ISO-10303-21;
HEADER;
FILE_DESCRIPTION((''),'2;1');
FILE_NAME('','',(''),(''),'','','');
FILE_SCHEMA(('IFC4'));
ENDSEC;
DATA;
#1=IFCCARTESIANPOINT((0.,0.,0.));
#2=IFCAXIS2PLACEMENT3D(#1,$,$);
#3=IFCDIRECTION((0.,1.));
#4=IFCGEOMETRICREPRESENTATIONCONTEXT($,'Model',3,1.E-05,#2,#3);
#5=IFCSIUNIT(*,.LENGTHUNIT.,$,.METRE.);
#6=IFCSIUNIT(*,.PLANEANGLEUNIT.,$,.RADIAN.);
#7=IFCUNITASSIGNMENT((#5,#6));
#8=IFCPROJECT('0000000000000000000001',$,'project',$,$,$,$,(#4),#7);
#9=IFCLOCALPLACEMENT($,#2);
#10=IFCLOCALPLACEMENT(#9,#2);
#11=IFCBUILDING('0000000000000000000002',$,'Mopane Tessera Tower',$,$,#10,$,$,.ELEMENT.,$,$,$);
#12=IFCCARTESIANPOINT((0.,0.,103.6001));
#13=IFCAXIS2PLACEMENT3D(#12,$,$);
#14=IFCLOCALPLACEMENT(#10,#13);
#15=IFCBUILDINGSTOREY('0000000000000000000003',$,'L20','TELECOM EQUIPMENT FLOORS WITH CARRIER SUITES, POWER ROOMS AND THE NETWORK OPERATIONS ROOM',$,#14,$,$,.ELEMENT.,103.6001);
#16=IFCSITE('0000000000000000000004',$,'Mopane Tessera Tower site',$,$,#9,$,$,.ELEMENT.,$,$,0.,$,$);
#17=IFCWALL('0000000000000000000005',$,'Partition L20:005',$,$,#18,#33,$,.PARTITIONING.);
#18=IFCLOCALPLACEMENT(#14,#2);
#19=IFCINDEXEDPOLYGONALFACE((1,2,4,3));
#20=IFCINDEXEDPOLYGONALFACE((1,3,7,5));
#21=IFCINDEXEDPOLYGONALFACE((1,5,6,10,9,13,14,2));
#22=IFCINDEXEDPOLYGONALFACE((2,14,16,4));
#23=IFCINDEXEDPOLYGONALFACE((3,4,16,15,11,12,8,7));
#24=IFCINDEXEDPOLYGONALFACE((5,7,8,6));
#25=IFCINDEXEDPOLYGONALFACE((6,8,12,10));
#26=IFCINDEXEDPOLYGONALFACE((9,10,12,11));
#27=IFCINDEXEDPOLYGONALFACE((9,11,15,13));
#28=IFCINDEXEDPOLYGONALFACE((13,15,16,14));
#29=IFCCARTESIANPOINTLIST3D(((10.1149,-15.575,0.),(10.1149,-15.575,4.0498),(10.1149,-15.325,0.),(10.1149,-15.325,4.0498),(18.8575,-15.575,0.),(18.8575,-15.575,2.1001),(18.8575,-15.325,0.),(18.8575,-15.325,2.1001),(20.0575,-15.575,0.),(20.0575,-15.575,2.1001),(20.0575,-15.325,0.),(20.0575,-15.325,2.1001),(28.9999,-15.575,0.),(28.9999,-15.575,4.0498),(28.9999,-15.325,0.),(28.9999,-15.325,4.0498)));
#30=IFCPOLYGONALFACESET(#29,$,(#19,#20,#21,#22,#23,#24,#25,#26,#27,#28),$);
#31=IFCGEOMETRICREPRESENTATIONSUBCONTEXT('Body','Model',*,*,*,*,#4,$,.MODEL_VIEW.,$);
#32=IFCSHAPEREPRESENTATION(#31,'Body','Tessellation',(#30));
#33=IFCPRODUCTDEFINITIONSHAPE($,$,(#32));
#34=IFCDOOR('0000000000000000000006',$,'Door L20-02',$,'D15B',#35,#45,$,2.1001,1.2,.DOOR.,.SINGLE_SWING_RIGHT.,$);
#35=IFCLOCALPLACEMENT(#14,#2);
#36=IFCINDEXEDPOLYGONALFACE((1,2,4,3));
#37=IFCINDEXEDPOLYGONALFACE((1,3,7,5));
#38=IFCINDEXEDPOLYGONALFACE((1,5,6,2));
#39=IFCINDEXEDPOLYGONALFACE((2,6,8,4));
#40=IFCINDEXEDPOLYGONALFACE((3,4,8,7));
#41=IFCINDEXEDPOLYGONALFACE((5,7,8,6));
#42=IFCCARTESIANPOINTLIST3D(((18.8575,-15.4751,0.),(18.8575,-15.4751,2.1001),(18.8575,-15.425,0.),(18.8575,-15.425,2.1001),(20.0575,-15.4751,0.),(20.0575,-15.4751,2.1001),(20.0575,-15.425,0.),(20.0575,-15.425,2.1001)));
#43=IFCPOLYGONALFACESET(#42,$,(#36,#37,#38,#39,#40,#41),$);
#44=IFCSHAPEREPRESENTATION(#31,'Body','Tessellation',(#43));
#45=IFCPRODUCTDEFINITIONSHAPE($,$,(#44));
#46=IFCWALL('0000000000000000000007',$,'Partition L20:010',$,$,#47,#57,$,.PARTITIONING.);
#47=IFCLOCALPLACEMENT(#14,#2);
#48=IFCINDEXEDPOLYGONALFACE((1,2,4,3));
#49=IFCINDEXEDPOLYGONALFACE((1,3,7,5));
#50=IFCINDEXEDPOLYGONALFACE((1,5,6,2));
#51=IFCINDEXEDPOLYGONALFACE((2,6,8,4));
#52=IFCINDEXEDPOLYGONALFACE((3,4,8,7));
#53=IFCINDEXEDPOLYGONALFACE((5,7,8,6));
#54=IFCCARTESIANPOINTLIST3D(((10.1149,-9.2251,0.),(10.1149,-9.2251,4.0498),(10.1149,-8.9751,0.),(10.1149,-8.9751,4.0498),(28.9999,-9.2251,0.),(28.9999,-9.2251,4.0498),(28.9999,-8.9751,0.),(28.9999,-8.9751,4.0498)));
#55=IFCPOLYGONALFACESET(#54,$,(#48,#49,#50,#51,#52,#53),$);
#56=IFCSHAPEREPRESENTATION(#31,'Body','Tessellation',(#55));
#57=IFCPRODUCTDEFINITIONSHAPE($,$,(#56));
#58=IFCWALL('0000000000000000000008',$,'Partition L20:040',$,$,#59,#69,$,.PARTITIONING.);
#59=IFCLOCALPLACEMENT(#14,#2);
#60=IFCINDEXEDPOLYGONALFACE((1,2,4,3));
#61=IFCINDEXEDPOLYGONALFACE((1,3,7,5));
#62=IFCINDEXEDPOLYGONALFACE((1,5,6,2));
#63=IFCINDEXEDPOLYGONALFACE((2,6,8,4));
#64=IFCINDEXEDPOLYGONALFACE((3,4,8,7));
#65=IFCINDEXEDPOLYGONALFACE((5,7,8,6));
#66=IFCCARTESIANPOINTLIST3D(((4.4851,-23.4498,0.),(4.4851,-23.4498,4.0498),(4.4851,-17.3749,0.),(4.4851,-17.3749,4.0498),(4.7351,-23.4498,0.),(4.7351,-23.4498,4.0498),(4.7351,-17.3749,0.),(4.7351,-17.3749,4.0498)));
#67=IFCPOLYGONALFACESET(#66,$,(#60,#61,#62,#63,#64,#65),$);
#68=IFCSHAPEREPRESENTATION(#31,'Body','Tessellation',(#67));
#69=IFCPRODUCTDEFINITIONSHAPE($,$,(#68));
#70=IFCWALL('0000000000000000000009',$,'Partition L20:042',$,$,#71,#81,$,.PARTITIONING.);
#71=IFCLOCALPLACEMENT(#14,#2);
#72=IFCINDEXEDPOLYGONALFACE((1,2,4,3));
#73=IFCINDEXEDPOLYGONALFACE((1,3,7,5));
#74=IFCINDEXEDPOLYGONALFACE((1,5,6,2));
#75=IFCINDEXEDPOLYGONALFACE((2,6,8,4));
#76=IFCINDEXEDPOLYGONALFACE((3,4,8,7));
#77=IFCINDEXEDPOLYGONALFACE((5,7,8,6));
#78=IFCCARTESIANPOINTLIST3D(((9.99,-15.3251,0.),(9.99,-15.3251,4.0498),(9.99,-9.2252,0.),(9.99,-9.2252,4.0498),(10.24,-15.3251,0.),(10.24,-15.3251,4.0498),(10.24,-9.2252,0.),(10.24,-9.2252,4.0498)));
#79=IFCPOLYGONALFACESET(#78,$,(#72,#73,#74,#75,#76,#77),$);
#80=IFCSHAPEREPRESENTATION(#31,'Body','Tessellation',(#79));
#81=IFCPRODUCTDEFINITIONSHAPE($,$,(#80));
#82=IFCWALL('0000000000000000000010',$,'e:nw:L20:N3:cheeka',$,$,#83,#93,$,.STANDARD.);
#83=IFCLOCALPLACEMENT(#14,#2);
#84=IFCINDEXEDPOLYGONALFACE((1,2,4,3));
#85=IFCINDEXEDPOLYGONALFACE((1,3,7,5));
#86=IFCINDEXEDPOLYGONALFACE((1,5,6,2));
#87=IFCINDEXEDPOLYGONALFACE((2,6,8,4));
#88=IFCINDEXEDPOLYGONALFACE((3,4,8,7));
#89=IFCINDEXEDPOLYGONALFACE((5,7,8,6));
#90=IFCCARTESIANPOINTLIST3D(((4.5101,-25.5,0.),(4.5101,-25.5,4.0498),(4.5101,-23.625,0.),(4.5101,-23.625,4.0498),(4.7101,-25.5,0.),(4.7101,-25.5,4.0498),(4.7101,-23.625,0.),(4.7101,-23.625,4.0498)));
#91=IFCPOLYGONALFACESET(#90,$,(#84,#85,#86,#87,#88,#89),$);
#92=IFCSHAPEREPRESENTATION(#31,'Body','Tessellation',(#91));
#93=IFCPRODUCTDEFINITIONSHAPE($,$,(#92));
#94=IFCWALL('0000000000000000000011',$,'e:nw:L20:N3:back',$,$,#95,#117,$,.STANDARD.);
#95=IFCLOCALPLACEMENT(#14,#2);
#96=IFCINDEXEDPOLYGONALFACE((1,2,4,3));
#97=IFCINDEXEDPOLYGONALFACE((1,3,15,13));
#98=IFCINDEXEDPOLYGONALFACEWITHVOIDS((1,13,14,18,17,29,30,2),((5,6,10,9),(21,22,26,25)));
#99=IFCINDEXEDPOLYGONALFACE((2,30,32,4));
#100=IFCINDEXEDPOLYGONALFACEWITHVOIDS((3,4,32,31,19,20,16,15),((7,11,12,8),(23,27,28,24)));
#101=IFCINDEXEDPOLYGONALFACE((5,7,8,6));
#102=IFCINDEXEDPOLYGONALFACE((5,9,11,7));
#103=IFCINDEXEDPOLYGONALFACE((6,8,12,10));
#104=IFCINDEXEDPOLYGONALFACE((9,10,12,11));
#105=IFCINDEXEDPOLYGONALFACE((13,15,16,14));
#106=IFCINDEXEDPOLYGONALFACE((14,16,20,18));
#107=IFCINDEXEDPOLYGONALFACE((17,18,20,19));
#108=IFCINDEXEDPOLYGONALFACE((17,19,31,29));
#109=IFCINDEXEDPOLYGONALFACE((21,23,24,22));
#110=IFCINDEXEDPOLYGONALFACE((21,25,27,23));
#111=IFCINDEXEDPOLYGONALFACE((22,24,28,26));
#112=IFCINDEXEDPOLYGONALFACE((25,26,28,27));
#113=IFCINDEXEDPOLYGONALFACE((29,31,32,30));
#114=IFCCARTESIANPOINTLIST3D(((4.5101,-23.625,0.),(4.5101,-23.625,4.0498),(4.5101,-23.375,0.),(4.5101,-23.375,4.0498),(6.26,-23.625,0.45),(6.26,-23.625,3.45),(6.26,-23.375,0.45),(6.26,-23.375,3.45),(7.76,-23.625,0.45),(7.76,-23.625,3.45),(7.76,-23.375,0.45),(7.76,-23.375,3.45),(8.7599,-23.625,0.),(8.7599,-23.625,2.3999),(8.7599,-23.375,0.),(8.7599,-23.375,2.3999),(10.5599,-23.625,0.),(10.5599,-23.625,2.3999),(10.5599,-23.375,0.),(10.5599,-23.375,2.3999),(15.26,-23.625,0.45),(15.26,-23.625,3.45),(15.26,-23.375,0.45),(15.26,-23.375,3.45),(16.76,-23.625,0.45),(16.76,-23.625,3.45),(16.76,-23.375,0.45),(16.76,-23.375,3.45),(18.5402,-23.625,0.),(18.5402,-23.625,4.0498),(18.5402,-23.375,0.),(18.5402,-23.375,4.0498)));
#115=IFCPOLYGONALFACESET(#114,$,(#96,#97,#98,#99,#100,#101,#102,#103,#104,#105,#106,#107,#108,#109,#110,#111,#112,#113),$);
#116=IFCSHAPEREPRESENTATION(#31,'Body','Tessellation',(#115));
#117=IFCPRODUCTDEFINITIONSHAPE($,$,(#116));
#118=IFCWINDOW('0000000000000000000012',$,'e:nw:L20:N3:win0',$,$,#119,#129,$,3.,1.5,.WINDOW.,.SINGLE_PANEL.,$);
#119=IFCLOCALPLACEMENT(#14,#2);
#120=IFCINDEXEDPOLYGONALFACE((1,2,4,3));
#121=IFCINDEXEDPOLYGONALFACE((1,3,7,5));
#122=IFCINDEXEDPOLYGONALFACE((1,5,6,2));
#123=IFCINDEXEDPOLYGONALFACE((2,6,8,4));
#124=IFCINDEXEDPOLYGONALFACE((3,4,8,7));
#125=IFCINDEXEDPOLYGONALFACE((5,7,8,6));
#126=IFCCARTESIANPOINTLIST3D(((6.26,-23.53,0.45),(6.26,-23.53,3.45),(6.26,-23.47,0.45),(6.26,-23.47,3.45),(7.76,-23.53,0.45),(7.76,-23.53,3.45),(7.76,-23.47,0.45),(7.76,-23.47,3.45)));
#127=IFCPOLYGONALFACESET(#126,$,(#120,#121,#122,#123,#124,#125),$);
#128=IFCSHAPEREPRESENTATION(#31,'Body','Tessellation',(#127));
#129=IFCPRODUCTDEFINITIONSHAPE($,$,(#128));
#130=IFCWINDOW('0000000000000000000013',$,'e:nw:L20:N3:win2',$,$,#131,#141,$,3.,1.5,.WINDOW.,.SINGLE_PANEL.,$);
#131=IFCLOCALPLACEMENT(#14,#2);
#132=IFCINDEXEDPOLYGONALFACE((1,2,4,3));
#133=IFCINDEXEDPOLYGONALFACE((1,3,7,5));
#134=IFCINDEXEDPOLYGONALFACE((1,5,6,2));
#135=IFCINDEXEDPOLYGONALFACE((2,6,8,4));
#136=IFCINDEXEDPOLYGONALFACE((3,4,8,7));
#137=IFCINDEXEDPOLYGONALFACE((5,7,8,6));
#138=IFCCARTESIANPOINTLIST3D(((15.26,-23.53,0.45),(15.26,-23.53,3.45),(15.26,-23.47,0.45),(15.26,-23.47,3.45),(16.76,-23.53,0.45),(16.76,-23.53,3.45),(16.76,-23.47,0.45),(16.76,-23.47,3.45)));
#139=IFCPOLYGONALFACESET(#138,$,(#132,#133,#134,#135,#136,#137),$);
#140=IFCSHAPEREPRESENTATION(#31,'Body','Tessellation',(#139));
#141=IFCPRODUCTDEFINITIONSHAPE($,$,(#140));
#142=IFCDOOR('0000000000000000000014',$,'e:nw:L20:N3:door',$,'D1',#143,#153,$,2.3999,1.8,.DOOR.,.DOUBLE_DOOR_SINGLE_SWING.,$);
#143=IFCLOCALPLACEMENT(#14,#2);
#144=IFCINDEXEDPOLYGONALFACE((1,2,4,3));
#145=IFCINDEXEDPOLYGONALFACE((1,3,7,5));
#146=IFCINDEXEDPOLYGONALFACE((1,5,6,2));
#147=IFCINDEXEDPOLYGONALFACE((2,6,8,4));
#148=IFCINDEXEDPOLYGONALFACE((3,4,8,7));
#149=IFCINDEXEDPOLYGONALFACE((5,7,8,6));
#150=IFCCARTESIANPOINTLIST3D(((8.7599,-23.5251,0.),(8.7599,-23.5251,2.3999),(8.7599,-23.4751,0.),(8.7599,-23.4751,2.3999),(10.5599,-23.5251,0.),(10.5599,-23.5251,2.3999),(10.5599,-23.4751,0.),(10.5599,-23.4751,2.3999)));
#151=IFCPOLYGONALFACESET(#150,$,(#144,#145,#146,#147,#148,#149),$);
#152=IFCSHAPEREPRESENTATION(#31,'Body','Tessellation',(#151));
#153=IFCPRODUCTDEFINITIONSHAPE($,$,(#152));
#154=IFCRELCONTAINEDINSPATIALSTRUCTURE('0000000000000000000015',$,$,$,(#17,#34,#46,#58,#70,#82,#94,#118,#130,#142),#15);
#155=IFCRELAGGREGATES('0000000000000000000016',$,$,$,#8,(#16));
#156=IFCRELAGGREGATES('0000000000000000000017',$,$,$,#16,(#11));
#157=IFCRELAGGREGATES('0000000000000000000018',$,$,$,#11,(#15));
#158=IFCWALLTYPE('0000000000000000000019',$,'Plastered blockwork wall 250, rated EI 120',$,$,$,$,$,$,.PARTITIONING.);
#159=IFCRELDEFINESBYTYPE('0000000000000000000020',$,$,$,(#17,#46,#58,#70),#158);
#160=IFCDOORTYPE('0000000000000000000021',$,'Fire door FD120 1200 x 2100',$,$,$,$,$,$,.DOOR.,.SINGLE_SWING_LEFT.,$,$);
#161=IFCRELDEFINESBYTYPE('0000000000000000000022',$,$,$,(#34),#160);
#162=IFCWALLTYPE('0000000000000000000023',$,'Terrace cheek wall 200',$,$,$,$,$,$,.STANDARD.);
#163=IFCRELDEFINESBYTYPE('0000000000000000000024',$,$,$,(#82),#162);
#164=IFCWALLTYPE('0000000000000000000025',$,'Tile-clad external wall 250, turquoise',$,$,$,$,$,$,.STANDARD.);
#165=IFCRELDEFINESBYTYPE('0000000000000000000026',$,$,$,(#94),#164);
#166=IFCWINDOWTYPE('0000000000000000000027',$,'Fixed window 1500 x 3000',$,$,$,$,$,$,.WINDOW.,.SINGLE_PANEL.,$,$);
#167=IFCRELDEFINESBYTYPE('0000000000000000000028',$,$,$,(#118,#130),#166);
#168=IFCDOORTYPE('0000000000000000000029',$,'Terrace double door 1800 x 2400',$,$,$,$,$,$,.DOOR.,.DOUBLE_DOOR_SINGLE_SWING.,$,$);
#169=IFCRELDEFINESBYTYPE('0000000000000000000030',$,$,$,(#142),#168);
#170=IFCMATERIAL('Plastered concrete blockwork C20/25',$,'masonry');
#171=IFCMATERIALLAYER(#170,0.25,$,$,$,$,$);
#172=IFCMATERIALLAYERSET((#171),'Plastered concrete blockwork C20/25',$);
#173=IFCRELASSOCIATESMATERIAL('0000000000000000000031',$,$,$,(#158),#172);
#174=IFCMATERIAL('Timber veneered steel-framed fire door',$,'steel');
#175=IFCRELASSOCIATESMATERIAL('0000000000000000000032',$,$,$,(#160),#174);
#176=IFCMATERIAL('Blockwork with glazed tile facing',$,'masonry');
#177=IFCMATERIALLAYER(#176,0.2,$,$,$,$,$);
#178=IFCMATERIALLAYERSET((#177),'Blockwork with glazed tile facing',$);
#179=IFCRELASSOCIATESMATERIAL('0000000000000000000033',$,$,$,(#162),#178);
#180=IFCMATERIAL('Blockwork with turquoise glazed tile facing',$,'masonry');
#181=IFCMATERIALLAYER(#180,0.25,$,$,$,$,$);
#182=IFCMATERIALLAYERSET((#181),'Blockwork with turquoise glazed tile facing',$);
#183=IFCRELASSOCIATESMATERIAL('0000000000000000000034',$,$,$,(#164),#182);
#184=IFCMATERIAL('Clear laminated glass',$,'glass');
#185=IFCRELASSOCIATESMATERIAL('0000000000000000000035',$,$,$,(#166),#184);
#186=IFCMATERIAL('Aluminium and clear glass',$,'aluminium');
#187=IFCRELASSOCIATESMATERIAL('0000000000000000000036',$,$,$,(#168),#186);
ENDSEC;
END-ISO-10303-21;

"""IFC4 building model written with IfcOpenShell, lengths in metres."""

from ifc_helpers import new_model, si_unit, direction, frame, frame_2d, origin, place, context, subcontext, project, spatial, rectangle, extrude, material, layer, layer_set, type_object, element, fill, save


model = new_model("IFC4")

# Units and contexts
model_context = context("Model", 3, precision=1e-05, world=origin(), true_north=direction((0.0, 1.0)))
body_context = subcontext(model_context, "Body", "Model", "MODEL_VIEW")
ifc_project = project(units=[si_unit("LENGTHUNIT", "METRE"), si_unit("PLANEANGLEUNIT", "RADIAN")], contexts=[model_context])

# Site, building, storey
site_placement = place(None, origin())
site = spatial("IfcSite", under=ifc_project, at=site_placement, Name="Mopane Tessera Tower site", CompositionType="ELEMENT", RefElevation=0.0)
building_placement = place(site_placement, origin())
building = spatial("IfcBuilding", under=site, at=building_placement, Name="Mopane Tessera Tower", CompositionType="ELEMENT")
storey_placement = place(building_placement, frame((0.0, 0.0, 103.6001)))
storey = spatial("IfcBuildingStorey", under=building, at=storey_placement, Name="L20", Description="TELECOM EQUIPMENT FLOORS WITH CARRIER SUITES, POWER ROOMS AND THE NETWORK OPERATIONS ROOM", CompositionType="ELEMENT", Elevation=103.6001)

# Wall, opening, door
ifc_material_1 = material(Name="Plastered concrete blockwork C20/25", Category="masonry")
ifc_layer_1 = layer(ifc_material_1, 0.25)
ifc_layer_set_1 = layer_set([ifc_layer_1], Name="Plastered concrete blockwork C20/25")
wall_type_1 = type_object("IfcWallType", Name="Plastered blockwork wall 250, rated EI 120", PredefinedType="PARTITIONING", material=ifc_layer_set_1)
wall_1_placement = place(storey_placement, frame((10.115, -15.45, 0.0), z_axis=(0.0, 0.0, 1.0), x_axis=(1.0, 0.0, 0.0)))
wall_1 = element("IfcWall", 1, at=wall_1_placement, inside=storey, type_object=wall_type_1, Name="Partition L20:005", PredefinedType="PARTITIONING", context=body_context, shape_type="SweptSolid", body=[
    extrude(rectangle(XDim=18.885, YDim=0.25, at=frame_2d((9.4424, 0.0))), origin(), (0.0, 0.0, 1.0), 4.0498),
])
opening_1_placement = place(wall_1_placement, frame((8.7424, 0.0, 0.0)))
opening_1 = element("IfcOpeningElement", 2, at=opening_1_placement, cuts=wall_1, PredefinedType="OPENING", context=body_context, shape_type="SweptSolid", body=[
    extrude(rectangle(XDim=1.2, YDim=2.1001, at=frame_2d((0.6001, 1.05))), frame((0.0, 0.137, 0.0), z_axis=(0.0, -1.0, 0.0), x_axis=(1.0, 0.0, 0.0)), (0.0, 0.0, 1.0), 0.2739),
])
ifc_material_2 = material(Name="Timber veneered steel-framed fire door", Category="steel")
door_type_1 = type_object("IfcDoorType", Name="Fire door FD120 1200 x 2100", OperationType="SINGLE_SWING_LEFT", PredefinedType="DOOR", material=ifc_material_2)
door_1_placement = place(opening_1_placement, origin())
door_1 = element("IfcDoor", 3, at=door_1_placement, inside=storey, type_object=door_type_1, Name="Door L20-02", ObjectType="D15B", OperationType="SINGLE_SWING_RIGHT", OverallHeight=2.1001, OverallWidth=1.2, PredefinedType="DOOR", context=body_context, shape_type="SweptSolid", body=[
    extrude(rectangle(XDim=1.2, YDim=2.1001, at=frame_2d((0.6001, 1.05))), frame((0.0, 0.0249, 0.0), z_axis=(0.0, -1.0, 0.0), x_axis=(1.0, 0.0, 0.0)), (0.0, 0.0, 1.0), 0.05),
])
fill(opening_1, door_1)

# Walls
wall_2_placement = place(storey_placement, frame((10.115, -9.1001, 0.0), z_axis=(0.0, 0.0, 1.0), x_axis=(1.0, 0.0, 0.0)))
element("IfcWall", 4, at=wall_2_placement, inside=storey, type_object=wall_type_1, Name="Partition L20:010", PredefinedType="PARTITIONING", context=body_context, shape_type="SweptSolid", body=[
    extrude(rectangle(XDim=18.885, YDim=0.25, at=frame_2d((9.4424, 0.0))), origin(), (0.0, 0.0, 1.0), 4.0498),
])
wall_3_placement = place(storey_placement, frame((4.6101, -23.45, 0.0), z_axis=(0.0, 0.0, 1.0), x_axis=(0.0, 1.0, 0.0)))
element("IfcWall", 5, at=wall_3_placement, inside=storey, type_object=wall_type_1, Name="Partition L20:040", PredefinedType="PARTITIONING", context=body_context, shape_type="SweptSolid", body=[
    extrude(rectangle(XDim=6.075, YDim=0.25, at=frame_2d((3.0376, 0.0))), origin(), (0.0, 0.0, 1.0), 4.0498),
])
wall_4_placement = place(storey_placement, frame((10.115, -15.325, 0.0), z_axis=(0.0, 0.0, 1.0), x_axis=(0.0, 1.0, 0.0)))
element("IfcWall", 6, at=wall_4_placement, inside=storey, type_object=wall_type_1, Name="Partition L20:042", PredefinedType="PARTITIONING", context=body_context, shape_type="SweptSolid", body=[
    extrude(rectangle(XDim=6.0999, YDim=0.25, at=frame_2d((3.0498, 0.0))), origin(), (0.0, 0.0, 1.0), 4.0498),
])
ifc_material_3 = material(Name="Blockwork with glazed tile facing", Category="masonry")
ifc_layer_2 = layer(ifc_material_3, 0.2)
ifc_layer_set_2 = layer_set([ifc_layer_2], Name="Blockwork with glazed tile facing")
wall_type_2 = type_object("IfcWallType", Name="Terrace cheek wall 200", PredefinedType="STANDARD", material=ifc_layer_set_2)
wall_5_placement = place(storey_placement, frame((4.6101, -25.5, 0.0), z_axis=(0.0, 0.0, 1.0), x_axis=(0.0, 1.0, 0.0)))
element("IfcWall", 7, at=wall_5_placement, inside=storey, type_object=wall_type_2, Name="e:nw:L20:N3:cheeka", PredefinedType="STANDARD", context=body_context, shape_type="SweptSolid", body=[
    extrude(rectangle(XDim=1.875, YDim=0.2, at=frame_2d((0.9375, 0.0))), origin(), (0.0, 0.0, 1.0), 4.0498),
])

# Wall, openings, windows, door
ifc_material_4 = material(Name="Blockwork with turquoise glazed tile facing", Category="masonry")
ifc_layer_3 = layer(ifc_material_4, 0.25)
ifc_layer_set_3 = layer_set([ifc_layer_3], Name="Blockwork with turquoise glazed tile facing")
wall_type_3 = type_object("IfcWallType", Name="Tile-clad external wall 250, turquoise", PredefinedType="STANDARD", material=ifc_layer_set_3)
wall_6_placement = place(storey_placement, frame((4.51, -23.5, 0.0), z_axis=(0.0, 0.0, 1.0), x_axis=(1.0, 0.0, 0.0)))
wall_6 = element("IfcWall", 8, at=wall_6_placement, inside=storey, type_object=wall_type_3, Name="e:nw:L20:N3:back", PredefinedType="STANDARD", context=body_context, shape_type="SweptSolid", body=[
    extrude(rectangle(XDim=14.03, YDim=0.25, at=frame_2d((7.0151, 0.0))), origin(), (0.0, 0.0, 1.0), 4.0498),
])
opening_2_placement = place(wall_6_placement, frame((1.75, 0.0, 0.45)))
opening_2 = element("IfcOpeningElement", 9, at=opening_2_placement, cuts=wall_6, PredefinedType="OPENING", context=body_context, shape_type="SweptSolid", body=[
    extrude(rectangle(XDim=1.5, YDim=3.0, at=frame_2d((0.75, 1.5))), frame((0.0, 0.137, 0.0), z_axis=(0.0, -1.0, 0.0), x_axis=(1.0, 0.0, 0.0)), (0.0, 0.0, 1.0), 0.2739),
])
opening_3_placement = place(wall_6_placement, frame((4.25, 0.0, 0.0)))
opening_3 = element("IfcOpeningElement", 10, at=opening_3_placement, cuts=wall_6, PredefinedType="OPENING", context=body_context, shape_type="SweptSolid", body=[
    extrude(rectangle(XDim=1.8, YDim=2.3999, at=frame_2d((0.8999, 1.2))), frame((0.0, 0.137, 0.0), z_axis=(0.0, -1.0, 0.0), x_axis=(1.0, 0.0, 0.0)), (0.0, 0.0, 1.0), 0.2739),
])
opening_4_placement = place(wall_6_placement, frame((10.75, 0.0, 0.45)))
opening_4 = element("IfcOpeningElement", 11, at=opening_4_placement, cuts=wall_6, PredefinedType="OPENING", context=body_context, shape_type="SweptSolid", body=[
    extrude(rectangle(XDim=1.5, YDim=3.0, at=frame_2d((0.75, 1.5))), frame((0.0, 0.137, 0.0), z_axis=(0.0, -1.0, 0.0), x_axis=(1.0, 0.0, 0.0)), (0.0, 0.0, 1.0), 0.2739),
])
ifc_material_5 = material(Name="Clear laminated glass", Category="glass")
window_type = type_object("IfcWindowType", Name="Fixed window 1500 x 3000", PartitioningType="SINGLE_PANEL", PredefinedType="WINDOW", material=ifc_material_5)
window_1_placement = place(opening_2_placement, origin())
window_1 = element("IfcWindow", 12, at=window_1_placement, inside=storey, type_object=window_type, Name="e:nw:L20:N3:win0", OverallHeight=3.0, OverallWidth=1.5, PartitioningType="SINGLE_PANEL", PredefinedType="WINDOW", context=body_context, shape_type="SweptSolid", body=[
    extrude(rectangle(XDim=1.5, YDim=3.0, at=frame_2d((0.75, 1.5))), frame((0.0, 0.03, 0.0), z_axis=(0.0, -1.0, 0.0), x_axis=(1.0, 0.0, 0.0)), (0.0, 0.0, 1.0), 0.0601),
])
fill(opening_2, window_1)
window_2_placement = place(opening_4_placement, origin())
window_2 = element("IfcWindow", 13, at=window_2_placement, inside=storey, type_object=window_type, Name="e:nw:L20:N3:win2", OverallHeight=3.0, OverallWidth=1.5, PartitioningType="SINGLE_PANEL", PredefinedType="WINDOW", context=body_context, shape_type="SweptSolid", body=[
    extrude(rectangle(XDim=1.5, YDim=3.0, at=frame_2d((0.75, 1.5))), frame((0.0, 0.03, 0.0), z_axis=(0.0, -1.0, 0.0), x_axis=(1.0, 0.0, 0.0)), (0.0, 0.0, 1.0), 0.0601),
])
fill(opening_4, window_2)
ifc_material_6 = material(Name="Aluminium and clear glass", Category="aluminium")
door_type_2 = type_object("IfcDoorType", Name="Terrace double door 1800 x 2400", OperationType="DOUBLE_DOOR_SINGLE_SWING", PredefinedType="DOOR", material=ifc_material_6)
door_2_placement = place(opening_3_placement, origin())
door_2 = element("IfcDoor", 14, at=door_2_placement, inside=storey, type_object=door_type_2, Name="e:nw:L20:N3:door", ObjectType="D1", OperationType="DOUBLE_DOOR_SINGLE_SWING", OverallHeight=2.3999, OverallWidth=1.8, PredefinedType="DOOR", context=body_context, shape_type="SweptSolid", body=[
    extrude(rectangle(XDim=1.8, YDim=2.3999, at=frame_2d((0.8999, 1.2))), frame((0.0, 0.0249, 0.0), z_axis=(0.0, -1.0, 0.0), x_axis=(1.0, 0.0, 0.0)), (0.0, 0.0, 1.0), 0.05),
])
fill(opening_3, door_2)

save(model, "model.ifc")
